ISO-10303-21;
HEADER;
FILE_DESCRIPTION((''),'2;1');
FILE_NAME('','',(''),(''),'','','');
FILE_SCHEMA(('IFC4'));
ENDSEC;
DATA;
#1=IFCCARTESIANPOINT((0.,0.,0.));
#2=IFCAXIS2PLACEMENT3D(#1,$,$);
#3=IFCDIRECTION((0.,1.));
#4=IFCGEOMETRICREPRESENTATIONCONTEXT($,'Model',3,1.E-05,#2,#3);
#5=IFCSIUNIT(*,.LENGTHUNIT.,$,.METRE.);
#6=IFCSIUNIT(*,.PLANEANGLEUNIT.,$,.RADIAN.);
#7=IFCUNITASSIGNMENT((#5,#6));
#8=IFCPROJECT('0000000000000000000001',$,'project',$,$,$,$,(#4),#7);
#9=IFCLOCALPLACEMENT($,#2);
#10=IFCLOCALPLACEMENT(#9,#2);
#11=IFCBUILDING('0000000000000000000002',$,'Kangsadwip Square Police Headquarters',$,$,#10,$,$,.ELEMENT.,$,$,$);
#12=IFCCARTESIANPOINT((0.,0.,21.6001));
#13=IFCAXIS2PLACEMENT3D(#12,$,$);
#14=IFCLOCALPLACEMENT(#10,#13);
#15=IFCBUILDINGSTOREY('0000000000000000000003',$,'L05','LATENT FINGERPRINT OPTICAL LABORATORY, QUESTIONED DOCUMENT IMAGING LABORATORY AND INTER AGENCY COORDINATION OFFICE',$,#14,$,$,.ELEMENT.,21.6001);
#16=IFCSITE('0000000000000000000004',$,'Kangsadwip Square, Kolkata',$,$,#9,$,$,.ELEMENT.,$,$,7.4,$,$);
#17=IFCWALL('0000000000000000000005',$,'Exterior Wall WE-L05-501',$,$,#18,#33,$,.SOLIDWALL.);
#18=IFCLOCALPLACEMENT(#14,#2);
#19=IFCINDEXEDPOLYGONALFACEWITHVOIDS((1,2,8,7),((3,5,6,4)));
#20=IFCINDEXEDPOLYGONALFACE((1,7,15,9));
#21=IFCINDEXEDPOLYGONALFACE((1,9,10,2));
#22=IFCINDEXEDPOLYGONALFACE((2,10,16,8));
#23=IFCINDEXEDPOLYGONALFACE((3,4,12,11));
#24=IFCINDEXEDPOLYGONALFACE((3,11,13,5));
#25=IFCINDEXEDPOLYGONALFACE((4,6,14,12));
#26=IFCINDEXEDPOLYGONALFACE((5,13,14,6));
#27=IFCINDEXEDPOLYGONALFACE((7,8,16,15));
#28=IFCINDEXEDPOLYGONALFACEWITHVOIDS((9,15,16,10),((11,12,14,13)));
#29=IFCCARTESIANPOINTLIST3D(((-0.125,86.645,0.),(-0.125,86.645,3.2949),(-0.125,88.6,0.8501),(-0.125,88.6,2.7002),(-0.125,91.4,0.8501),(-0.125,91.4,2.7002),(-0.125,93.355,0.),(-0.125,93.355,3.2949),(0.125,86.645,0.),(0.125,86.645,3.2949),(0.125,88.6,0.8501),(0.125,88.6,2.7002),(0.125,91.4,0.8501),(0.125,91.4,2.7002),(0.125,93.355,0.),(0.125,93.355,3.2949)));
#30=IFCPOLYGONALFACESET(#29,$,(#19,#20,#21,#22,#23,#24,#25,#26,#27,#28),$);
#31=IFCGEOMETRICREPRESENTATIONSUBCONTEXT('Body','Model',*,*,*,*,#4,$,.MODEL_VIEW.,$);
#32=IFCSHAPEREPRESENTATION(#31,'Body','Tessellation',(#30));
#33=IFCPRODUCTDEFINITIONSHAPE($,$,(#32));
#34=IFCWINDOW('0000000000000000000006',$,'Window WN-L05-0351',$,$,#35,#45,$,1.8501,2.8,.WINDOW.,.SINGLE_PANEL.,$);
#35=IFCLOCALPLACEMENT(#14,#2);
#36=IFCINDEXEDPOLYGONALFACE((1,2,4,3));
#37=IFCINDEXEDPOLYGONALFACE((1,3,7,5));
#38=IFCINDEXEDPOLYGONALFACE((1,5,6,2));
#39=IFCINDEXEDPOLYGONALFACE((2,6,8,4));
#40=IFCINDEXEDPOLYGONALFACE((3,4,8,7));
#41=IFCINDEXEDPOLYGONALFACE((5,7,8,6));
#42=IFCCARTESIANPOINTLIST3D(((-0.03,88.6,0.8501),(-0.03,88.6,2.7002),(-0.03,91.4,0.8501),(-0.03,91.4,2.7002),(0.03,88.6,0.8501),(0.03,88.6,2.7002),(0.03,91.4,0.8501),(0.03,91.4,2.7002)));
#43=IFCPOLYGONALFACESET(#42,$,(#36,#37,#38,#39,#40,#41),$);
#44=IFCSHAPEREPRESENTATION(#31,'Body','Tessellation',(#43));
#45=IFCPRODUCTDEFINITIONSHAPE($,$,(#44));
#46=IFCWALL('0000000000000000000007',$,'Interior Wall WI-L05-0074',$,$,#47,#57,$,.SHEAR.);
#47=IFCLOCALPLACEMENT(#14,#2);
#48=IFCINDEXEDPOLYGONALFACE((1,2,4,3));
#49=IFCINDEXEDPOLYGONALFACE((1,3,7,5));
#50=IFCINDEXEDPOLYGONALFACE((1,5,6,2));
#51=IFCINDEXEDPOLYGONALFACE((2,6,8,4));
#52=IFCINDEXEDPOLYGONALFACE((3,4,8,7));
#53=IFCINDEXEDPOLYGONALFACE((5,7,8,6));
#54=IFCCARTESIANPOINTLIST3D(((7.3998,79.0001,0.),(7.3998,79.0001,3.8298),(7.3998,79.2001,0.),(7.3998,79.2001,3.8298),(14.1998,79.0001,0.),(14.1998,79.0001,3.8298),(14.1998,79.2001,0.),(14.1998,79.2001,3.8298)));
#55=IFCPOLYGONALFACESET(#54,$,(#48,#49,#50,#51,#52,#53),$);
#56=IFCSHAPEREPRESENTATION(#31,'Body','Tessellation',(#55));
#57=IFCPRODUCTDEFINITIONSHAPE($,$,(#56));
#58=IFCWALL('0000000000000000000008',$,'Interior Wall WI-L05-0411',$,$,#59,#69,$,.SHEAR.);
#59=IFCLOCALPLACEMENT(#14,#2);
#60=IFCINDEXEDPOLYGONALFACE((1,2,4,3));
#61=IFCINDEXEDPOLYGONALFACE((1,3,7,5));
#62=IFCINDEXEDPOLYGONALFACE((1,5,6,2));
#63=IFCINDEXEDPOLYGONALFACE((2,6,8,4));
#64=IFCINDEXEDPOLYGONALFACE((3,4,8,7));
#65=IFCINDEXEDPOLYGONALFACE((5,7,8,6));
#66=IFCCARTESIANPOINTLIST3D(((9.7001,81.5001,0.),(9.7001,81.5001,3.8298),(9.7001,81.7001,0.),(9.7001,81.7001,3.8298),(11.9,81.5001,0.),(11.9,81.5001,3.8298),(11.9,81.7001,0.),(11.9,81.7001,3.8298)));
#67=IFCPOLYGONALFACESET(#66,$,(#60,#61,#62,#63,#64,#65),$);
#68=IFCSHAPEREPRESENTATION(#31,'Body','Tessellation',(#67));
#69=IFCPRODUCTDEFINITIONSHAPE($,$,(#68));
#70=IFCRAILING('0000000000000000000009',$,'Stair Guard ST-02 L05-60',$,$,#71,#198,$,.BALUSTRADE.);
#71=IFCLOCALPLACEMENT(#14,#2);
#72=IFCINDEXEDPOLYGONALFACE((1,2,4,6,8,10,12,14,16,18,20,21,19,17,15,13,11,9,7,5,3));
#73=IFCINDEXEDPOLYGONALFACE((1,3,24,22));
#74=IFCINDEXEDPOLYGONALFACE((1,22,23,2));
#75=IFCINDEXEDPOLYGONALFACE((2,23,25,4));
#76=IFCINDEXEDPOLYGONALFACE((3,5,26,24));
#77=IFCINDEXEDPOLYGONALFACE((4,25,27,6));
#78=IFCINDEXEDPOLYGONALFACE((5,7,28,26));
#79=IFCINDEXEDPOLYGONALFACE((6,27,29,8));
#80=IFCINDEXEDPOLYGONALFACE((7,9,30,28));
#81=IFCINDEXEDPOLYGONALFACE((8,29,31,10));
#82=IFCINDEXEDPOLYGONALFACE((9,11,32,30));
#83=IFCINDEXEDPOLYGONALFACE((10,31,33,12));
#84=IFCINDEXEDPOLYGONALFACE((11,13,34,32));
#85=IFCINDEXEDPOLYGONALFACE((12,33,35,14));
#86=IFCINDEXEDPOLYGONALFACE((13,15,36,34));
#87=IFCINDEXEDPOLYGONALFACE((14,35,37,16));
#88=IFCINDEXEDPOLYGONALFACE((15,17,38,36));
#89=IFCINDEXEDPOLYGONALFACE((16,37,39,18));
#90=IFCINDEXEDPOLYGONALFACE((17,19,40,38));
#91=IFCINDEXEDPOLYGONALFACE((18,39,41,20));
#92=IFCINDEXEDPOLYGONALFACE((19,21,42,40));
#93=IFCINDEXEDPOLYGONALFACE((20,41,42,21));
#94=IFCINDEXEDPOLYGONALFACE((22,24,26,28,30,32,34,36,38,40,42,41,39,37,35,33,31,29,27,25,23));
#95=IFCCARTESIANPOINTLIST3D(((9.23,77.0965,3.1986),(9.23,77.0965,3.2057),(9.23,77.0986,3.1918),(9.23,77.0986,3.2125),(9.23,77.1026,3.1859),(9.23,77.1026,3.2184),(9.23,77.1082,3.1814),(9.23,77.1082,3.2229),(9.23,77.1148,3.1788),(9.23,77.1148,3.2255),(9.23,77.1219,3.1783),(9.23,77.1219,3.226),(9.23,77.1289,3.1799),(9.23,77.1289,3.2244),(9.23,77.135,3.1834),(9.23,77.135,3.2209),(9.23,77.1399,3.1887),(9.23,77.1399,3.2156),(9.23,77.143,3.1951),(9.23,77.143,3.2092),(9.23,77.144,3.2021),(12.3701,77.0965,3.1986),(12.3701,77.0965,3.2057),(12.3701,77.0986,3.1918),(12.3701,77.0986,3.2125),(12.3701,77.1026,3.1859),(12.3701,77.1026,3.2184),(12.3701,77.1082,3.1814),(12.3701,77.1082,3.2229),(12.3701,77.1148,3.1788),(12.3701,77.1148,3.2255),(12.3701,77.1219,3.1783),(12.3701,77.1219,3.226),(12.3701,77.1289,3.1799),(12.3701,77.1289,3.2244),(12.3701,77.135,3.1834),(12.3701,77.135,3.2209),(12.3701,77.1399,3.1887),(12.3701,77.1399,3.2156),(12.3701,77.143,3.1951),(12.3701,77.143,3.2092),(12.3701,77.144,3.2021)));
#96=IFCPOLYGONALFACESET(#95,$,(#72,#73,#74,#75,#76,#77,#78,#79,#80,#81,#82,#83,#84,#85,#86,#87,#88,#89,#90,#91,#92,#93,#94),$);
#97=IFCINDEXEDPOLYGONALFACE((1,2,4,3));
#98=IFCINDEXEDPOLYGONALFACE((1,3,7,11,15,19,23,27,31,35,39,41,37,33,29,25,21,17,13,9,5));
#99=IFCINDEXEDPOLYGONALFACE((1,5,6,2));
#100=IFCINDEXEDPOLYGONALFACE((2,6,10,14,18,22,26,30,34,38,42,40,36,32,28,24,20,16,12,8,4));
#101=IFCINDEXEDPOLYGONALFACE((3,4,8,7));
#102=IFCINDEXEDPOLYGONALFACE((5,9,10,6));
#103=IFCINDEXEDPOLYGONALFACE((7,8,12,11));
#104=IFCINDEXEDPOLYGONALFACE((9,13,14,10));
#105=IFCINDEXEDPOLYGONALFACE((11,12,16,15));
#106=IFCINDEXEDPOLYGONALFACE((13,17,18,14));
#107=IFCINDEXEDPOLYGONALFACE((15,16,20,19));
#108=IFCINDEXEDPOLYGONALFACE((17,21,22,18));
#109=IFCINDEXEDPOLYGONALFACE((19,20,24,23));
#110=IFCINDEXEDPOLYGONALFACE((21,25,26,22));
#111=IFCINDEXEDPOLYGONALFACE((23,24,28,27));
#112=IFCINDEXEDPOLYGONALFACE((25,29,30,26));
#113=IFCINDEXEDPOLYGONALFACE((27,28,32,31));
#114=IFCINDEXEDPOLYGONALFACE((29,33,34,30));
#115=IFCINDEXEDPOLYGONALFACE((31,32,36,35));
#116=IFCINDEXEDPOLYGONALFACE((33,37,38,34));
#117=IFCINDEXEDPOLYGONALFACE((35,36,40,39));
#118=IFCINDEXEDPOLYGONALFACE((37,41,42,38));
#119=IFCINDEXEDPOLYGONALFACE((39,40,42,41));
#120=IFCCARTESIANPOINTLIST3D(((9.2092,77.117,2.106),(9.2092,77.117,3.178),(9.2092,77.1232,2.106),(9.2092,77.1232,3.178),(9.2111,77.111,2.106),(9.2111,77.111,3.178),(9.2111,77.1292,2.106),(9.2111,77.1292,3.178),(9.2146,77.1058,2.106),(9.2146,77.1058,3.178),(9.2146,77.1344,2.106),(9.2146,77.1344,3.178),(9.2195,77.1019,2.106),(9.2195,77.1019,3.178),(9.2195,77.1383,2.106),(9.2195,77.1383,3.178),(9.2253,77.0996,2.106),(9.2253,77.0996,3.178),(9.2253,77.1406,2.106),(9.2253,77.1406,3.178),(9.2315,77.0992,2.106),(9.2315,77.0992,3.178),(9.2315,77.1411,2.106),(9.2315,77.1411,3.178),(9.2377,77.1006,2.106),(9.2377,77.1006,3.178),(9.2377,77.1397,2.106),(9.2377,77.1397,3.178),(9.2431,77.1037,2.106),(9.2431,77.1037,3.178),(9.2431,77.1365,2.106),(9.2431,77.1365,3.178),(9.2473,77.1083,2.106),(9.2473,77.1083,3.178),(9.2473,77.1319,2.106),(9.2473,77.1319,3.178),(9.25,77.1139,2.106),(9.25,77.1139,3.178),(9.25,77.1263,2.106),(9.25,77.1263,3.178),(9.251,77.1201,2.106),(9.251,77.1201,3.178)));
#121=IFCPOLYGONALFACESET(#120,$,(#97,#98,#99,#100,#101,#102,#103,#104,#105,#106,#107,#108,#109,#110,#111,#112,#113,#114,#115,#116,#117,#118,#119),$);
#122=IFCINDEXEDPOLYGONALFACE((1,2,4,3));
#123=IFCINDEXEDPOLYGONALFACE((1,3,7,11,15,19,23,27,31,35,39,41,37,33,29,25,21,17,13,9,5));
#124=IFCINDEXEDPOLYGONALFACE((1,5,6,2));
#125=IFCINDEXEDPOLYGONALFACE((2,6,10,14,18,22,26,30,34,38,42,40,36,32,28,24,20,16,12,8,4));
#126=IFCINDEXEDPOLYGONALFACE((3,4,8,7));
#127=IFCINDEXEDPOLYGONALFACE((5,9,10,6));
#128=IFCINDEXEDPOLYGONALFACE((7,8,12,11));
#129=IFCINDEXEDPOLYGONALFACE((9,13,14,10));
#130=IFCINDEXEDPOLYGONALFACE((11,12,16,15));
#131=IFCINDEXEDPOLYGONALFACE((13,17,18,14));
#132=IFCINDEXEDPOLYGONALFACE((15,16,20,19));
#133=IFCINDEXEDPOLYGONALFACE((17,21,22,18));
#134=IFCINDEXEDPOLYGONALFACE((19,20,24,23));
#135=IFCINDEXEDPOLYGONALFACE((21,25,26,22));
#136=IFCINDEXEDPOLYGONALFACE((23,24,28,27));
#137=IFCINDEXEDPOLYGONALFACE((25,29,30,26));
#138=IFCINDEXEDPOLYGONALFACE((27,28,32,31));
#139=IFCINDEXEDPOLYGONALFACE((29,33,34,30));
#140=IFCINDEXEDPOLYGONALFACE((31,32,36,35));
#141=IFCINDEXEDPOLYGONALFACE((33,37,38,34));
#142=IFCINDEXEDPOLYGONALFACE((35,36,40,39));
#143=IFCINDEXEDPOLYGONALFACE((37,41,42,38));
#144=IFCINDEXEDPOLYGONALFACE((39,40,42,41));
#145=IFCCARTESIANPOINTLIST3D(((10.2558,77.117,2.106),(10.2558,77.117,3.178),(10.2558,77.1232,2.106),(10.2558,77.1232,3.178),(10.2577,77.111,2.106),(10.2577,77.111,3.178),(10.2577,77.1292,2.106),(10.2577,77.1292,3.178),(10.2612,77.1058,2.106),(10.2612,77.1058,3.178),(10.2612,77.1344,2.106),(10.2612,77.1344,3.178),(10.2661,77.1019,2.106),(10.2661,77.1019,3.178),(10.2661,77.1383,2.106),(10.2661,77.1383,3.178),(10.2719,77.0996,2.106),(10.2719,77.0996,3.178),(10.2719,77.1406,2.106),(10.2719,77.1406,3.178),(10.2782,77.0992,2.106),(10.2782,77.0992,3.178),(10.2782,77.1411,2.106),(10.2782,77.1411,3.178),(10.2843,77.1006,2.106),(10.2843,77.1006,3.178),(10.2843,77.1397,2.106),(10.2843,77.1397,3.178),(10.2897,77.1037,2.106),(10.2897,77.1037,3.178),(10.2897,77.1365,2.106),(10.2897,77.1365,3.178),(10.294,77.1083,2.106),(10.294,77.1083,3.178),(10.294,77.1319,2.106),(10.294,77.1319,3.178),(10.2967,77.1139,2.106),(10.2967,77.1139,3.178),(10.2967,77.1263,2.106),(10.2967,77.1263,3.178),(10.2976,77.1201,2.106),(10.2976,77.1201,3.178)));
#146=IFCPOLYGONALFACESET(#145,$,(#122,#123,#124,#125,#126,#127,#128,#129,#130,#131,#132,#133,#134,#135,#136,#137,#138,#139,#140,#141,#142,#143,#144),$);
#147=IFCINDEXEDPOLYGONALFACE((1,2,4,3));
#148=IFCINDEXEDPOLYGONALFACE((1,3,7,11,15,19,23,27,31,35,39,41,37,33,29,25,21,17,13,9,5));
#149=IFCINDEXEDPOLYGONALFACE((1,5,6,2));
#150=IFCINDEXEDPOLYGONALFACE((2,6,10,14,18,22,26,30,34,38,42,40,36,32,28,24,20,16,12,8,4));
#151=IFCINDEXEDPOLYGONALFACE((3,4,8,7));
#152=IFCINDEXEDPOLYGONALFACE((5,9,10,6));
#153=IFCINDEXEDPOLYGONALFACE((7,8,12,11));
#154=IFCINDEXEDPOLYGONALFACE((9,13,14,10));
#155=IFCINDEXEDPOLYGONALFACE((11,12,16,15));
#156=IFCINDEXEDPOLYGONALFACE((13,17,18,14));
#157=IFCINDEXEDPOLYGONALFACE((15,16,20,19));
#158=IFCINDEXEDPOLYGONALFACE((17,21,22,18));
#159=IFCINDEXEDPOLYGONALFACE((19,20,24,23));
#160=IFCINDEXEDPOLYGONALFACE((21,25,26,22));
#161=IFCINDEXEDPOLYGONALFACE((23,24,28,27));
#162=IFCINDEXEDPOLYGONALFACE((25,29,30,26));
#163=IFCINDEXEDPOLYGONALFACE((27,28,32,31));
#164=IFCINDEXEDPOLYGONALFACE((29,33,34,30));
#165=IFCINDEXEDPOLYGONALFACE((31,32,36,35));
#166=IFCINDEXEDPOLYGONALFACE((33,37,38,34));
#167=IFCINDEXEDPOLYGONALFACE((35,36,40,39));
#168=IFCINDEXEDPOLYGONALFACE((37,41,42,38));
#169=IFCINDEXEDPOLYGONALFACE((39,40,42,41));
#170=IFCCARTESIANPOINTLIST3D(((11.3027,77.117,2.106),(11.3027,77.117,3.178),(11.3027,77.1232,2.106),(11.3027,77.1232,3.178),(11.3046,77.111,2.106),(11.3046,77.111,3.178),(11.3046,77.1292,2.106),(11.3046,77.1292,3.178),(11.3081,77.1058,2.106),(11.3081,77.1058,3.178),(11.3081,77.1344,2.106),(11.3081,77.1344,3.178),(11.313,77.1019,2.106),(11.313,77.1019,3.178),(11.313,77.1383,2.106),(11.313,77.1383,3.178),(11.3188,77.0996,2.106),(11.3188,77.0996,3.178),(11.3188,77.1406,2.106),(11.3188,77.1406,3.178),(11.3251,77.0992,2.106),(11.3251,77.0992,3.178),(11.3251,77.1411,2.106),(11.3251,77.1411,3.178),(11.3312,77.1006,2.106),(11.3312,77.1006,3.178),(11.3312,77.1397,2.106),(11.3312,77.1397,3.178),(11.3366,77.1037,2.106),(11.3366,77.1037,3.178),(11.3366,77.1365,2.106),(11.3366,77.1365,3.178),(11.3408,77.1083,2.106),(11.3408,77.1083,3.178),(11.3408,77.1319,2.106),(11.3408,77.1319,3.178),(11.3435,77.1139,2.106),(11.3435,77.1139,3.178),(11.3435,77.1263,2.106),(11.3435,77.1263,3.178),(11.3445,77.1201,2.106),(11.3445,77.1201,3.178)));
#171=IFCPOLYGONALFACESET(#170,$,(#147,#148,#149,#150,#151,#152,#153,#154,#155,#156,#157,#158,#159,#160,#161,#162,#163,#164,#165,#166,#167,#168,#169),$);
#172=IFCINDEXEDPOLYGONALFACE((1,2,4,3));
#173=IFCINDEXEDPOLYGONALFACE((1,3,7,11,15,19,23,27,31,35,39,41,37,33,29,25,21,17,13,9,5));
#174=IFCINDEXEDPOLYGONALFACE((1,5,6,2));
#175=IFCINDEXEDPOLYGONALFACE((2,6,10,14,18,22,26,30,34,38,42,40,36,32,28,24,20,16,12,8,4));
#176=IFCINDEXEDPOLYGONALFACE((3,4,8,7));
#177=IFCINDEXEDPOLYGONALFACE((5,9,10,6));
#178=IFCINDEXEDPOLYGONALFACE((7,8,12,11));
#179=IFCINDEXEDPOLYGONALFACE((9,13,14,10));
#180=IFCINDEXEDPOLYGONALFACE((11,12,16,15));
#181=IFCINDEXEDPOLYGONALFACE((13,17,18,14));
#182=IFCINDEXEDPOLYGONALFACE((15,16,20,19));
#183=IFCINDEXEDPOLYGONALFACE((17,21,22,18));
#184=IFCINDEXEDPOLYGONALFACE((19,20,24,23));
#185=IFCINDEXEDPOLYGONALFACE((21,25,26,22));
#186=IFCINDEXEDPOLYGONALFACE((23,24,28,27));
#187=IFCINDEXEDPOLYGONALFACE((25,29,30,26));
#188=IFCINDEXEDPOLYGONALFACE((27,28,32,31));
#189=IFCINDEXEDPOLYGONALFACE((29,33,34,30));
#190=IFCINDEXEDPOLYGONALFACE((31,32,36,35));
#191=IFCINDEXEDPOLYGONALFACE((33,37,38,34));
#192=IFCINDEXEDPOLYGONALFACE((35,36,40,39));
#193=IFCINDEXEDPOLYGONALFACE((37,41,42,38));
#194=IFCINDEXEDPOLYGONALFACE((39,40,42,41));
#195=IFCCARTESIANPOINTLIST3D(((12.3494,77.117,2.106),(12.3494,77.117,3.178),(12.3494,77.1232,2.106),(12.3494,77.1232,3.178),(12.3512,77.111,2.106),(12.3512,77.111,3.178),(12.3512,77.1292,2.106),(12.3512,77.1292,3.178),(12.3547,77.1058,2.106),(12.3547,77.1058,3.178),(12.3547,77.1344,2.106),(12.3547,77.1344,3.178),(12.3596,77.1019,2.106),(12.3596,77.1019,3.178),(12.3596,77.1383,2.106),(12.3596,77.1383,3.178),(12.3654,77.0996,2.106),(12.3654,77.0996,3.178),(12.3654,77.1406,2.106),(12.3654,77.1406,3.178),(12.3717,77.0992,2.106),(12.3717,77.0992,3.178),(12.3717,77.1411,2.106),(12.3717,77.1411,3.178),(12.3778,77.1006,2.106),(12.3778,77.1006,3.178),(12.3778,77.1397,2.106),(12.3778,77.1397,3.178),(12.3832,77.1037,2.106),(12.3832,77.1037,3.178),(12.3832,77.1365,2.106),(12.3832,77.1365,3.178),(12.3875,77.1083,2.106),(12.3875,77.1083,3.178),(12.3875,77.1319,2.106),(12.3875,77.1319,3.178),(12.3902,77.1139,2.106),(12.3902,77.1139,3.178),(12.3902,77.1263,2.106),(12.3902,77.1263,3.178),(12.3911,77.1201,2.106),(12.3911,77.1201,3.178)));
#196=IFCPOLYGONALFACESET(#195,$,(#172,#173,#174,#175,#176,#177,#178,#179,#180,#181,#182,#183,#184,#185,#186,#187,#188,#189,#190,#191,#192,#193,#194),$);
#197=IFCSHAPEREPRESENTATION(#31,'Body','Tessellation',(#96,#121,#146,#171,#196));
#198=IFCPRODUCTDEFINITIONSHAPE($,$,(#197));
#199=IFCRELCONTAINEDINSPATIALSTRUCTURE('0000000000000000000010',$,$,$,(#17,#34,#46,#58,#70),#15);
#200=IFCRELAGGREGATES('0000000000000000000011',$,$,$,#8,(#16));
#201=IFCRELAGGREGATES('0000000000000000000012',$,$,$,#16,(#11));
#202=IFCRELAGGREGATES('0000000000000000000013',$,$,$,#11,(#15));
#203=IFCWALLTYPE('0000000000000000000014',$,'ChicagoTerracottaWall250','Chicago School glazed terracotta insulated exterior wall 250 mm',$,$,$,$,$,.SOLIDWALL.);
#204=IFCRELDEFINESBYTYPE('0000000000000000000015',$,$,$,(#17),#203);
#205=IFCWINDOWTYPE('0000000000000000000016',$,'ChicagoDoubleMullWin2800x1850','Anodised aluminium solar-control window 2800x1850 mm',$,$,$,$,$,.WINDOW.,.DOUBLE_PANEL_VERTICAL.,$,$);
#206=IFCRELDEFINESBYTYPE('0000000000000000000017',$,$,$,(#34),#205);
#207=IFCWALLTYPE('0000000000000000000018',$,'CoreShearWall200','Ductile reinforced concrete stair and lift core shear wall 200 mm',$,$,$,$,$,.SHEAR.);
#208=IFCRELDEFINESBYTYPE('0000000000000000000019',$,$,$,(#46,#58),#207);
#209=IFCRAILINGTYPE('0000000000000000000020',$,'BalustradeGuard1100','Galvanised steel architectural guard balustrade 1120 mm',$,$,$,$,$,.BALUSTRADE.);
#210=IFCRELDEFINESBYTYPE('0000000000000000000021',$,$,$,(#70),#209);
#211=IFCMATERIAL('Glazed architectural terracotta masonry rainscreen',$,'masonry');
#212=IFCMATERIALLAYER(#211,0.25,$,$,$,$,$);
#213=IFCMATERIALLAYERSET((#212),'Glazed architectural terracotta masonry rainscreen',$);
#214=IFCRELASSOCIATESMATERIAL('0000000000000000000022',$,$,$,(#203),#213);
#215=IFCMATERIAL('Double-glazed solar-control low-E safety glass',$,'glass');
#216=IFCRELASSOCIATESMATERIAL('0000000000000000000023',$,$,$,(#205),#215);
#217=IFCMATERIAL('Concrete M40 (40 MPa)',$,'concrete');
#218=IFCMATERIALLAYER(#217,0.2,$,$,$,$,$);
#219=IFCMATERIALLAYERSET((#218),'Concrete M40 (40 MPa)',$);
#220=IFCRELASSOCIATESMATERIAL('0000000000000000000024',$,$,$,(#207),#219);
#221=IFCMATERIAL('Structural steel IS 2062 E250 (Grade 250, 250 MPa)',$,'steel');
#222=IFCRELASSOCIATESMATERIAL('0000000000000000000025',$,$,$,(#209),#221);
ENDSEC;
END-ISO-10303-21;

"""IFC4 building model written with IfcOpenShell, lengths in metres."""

from ifc_helpers import new_model, si_unit, direction, frame, frame_2d, origin, origin_2d, place, context, subcontext, project, spatial, rectangle, circle, extrude, material, layer, layer_set, type_object, element, fill, save


model = new_model("IFC4")

# Units and contexts
model_context = context("Model", 3, precision=1e-05, world=origin(), true_north=direction((0.0, 1.0)))
body_context = subcontext(model_context, "Body", "Model", "MODEL_VIEW")
ifc_project = project(units=[si_unit("LENGTHUNIT", "METRE"), si_unit("PLANEANGLEUNIT", "RADIAN")], contexts=[model_context])

# Site, building, storey
site_placement = place(None, origin())
site = spatial("IfcSite", under=ifc_project, at=site_placement, Name="Kangsadwip Square, Kolkata", CompositionType="ELEMENT", RefElevation=7.4)
building_placement = place(site_placement, origin())
building = spatial("IfcBuilding", under=site, at=building_placement, Name="Kangsadwip Square Police Headquarters", CompositionType="ELEMENT")
storey_placement = place(building_placement, frame((0.0, 0.0, 21.6001)))
storey = spatial("IfcBuildingStorey", under=building, at=storey_placement, Name="L05", Description="LATENT FINGERPRINT OPTICAL LABORATORY, QUESTIONED DOCUMENT IMAGING LABORATORY AND INTER AGENCY COORDINATION OFFICE", CompositionType="ELEMENT", Elevation=21.6001)

# Wall, opening, window
ifc_material_1 = material(Name="Glazed architectural terracotta masonry rainscreen", Category="masonry")
ifc_layer_1 = layer(ifc_material_1, 0.25)
ifc_layer_set_1 = layer_set([ifc_layer_1], Name="Glazed architectural terracotta masonry rainscreen")
wall_type_1 = type_object("IfcWallType", Name="ChicagoTerracottaWall250", Description="Chicago School glazed terracotta insulated exterior wall 250 mm", PredefinedType="SOLIDWALL", material=ifc_layer_set_1)
wall_1_placement = place(storey_placement, frame((0.0, 86.645, 0.0), z_axis=(0.0, 0.0, 1.0), x_axis=(0.0, 1.0, 0.0)))
wall_1 = element("IfcWall", 1, at=wall_1_placement, inside=storey, type_object=wall_type_1, Name="Exterior Wall WE-L05-501", PredefinedType="SOLIDWALL", context=body_context, shape_type="SweptSolid", body=[
    extrude(rectangle(XDim=6.71, YDim=0.25, at=frame_2d((3.355, 0.0))), origin(), (0.0, 0.0, 1.0), 3.2949),
])
opening_1_placement = place(wall_1_placement, frame((1.9551, 0.0, 0.8501)))
opening_1 = element("IfcOpeningElement", 2, at=opening_1_placement, cuts=wall_1, PredefinedType="OPENING", context=body_context, shape_type="SweptSolid", body=[
    extrude(rectangle(XDim=2.8, YDim=1.8501, at=frame_2d((1.3999, 0.925))), frame((0.0, 0.135, 0.0), z_axis=(0.0, -1.0, 0.0), x_axis=(1.0, 0.0, 0.0)), (0.0, 0.0, 1.0), 0.27),
])
ifc_material_2 = material(Name="Double-glazed solar-control low-E safety glass", Category="glass")
window_type_1 = type_object("IfcWindowType", Name="ChicagoDoubleMullWin2800x1850", Description="Anodised aluminium solar-control window 2800x1850 mm", PartitioningType="DOUBLE_PANEL_VERTICAL", PredefinedType="WINDOW", material=ifc_material_2)
window_1_placement = place(opening_1_placement, origin())
window_1 = element("IfcWindow", 3, at=window_1_placement, inside=storey, type_object=window_type_1, Name="Window WN-L05-0351", OverallHeight=1.8501, OverallWidth=2.8, PartitioningType="SINGLE_PANEL", PredefinedType="WINDOW", context=body_context, shape_type="SweptSolid", body=[
    extrude(rectangle(XDim=2.8, YDim=1.8501, at=frame_2d((1.3999, 0.925))), frame((0.0, 0.03, 0.0), z_axis=(0.0, -1.0, 0.0), x_axis=(1.0, 0.0, 0.0)), (0.0, 0.0, 1.0), 0.0601),
])
fill(opening_1, window_1)

# Walls
ifc_material_3 = material(Name="Concrete M40 (40 MPa)", Category="concrete")
ifc_layer_2 = layer(ifc_material_3, 0.2)
ifc_layer_set_2 = layer_set([ifc_layer_2], Name="Concrete M40 (40 MPa)")
wall_type_2 = type_object("IfcWallType", Name="CoreShearWall200", Description="Ductile reinforced concrete stair and lift core shear wall 200 mm", PredefinedType="SHEAR", material=ifc_layer_set_2)
wall_2_placement = place(storey_placement, frame((7.3999, 79.1001, 0.0), z_axis=(0.0, 0.0, 1.0), x_axis=(1.0, 0.0, 0.0)))
element("IfcWall", 4, at=wall_2_placement, inside=storey, type_object=wall_type_2, Name="Interior Wall WI-L05-0074", PredefinedType="SHEAR", context=body_context, shape_type="SweptSolid", body=[
    extrude(rectangle(XDim=6.8, YDim=0.2, at=frame_2d((3.3999, 0.0))), origin(), (0.0, 0.0, 1.0), 3.8298),
])
wall_3_placement = place(storey_placement, frame((9.7, 81.6001, 0.0), z_axis=(0.0, 0.0, 1.0), x_axis=(1.0, 0.0, 0.0)))
element("IfcWall", 5, at=wall_3_placement, inside=storey, type_object=wall_type_2, Name="Interior Wall WI-L05-0411", PredefinedType="SHEAR", context=body_context, shape_type="SweptSolid", body=[
    extrude(rectangle(XDim=2.2, YDim=0.2, at=frame_2d((1.1001, 0.0))), origin(), (0.0, 0.0, 1.0), 3.8298),
])

# Railing
ifc_material_4 = material(Name="Structural steel IS 2062 E250 (Grade 250, 250 MPa)", Category="steel")
railing_type = type_object("IfcRailingType", Name="BalustradeGuard1100", Description="Galvanised steel architectural guard balustrade 1120 mm", PredefinedType="BALUSTRADE", material=ifc_material_4)
railing_placement = place(storey_placement, frame((9.23, 77.1201, 2.106)))
element("IfcRailing", 6, at=railing_placement, inside=storey, type_object=railing_type, Name="Stair Guard ST-02 L05-60", PredefinedType="BALUSTRADE", context=body_context, shape_type="SweptSolid", body=[
    extrude(circle(Radius=0.0239, at=origin_2d()), frame((0.0, 0.0, 1.0962), z_axis=(1.0, 0.0, 0.0), x_axis=(0.0, 1.0, 0.0)), (0.0, 0.0, 1.0), 3.1401),
    extrude(circle(Radius=0.021, at=origin_2d()), origin(), (0.0, 0.0, 1.0), 1.072),
    extrude(circle(Radius=0.021, at=origin_2d()), frame((1.0466, 0.0, 0.0)), (0.0, 0.0, 1.0), 1.072),
    extrude(circle(Radius=0.021, at=origin_2d()), frame((2.0935, 0.0, 0.0)), (0.0, 0.0, 1.0), 1.072),
    extrude(circle(Radius=0.021, at=origin_2d()), frame((3.1401, 0.0, 0.0)), (0.0, 0.0, 1.0), 1.072),
])

save(model, "model.ifc")
